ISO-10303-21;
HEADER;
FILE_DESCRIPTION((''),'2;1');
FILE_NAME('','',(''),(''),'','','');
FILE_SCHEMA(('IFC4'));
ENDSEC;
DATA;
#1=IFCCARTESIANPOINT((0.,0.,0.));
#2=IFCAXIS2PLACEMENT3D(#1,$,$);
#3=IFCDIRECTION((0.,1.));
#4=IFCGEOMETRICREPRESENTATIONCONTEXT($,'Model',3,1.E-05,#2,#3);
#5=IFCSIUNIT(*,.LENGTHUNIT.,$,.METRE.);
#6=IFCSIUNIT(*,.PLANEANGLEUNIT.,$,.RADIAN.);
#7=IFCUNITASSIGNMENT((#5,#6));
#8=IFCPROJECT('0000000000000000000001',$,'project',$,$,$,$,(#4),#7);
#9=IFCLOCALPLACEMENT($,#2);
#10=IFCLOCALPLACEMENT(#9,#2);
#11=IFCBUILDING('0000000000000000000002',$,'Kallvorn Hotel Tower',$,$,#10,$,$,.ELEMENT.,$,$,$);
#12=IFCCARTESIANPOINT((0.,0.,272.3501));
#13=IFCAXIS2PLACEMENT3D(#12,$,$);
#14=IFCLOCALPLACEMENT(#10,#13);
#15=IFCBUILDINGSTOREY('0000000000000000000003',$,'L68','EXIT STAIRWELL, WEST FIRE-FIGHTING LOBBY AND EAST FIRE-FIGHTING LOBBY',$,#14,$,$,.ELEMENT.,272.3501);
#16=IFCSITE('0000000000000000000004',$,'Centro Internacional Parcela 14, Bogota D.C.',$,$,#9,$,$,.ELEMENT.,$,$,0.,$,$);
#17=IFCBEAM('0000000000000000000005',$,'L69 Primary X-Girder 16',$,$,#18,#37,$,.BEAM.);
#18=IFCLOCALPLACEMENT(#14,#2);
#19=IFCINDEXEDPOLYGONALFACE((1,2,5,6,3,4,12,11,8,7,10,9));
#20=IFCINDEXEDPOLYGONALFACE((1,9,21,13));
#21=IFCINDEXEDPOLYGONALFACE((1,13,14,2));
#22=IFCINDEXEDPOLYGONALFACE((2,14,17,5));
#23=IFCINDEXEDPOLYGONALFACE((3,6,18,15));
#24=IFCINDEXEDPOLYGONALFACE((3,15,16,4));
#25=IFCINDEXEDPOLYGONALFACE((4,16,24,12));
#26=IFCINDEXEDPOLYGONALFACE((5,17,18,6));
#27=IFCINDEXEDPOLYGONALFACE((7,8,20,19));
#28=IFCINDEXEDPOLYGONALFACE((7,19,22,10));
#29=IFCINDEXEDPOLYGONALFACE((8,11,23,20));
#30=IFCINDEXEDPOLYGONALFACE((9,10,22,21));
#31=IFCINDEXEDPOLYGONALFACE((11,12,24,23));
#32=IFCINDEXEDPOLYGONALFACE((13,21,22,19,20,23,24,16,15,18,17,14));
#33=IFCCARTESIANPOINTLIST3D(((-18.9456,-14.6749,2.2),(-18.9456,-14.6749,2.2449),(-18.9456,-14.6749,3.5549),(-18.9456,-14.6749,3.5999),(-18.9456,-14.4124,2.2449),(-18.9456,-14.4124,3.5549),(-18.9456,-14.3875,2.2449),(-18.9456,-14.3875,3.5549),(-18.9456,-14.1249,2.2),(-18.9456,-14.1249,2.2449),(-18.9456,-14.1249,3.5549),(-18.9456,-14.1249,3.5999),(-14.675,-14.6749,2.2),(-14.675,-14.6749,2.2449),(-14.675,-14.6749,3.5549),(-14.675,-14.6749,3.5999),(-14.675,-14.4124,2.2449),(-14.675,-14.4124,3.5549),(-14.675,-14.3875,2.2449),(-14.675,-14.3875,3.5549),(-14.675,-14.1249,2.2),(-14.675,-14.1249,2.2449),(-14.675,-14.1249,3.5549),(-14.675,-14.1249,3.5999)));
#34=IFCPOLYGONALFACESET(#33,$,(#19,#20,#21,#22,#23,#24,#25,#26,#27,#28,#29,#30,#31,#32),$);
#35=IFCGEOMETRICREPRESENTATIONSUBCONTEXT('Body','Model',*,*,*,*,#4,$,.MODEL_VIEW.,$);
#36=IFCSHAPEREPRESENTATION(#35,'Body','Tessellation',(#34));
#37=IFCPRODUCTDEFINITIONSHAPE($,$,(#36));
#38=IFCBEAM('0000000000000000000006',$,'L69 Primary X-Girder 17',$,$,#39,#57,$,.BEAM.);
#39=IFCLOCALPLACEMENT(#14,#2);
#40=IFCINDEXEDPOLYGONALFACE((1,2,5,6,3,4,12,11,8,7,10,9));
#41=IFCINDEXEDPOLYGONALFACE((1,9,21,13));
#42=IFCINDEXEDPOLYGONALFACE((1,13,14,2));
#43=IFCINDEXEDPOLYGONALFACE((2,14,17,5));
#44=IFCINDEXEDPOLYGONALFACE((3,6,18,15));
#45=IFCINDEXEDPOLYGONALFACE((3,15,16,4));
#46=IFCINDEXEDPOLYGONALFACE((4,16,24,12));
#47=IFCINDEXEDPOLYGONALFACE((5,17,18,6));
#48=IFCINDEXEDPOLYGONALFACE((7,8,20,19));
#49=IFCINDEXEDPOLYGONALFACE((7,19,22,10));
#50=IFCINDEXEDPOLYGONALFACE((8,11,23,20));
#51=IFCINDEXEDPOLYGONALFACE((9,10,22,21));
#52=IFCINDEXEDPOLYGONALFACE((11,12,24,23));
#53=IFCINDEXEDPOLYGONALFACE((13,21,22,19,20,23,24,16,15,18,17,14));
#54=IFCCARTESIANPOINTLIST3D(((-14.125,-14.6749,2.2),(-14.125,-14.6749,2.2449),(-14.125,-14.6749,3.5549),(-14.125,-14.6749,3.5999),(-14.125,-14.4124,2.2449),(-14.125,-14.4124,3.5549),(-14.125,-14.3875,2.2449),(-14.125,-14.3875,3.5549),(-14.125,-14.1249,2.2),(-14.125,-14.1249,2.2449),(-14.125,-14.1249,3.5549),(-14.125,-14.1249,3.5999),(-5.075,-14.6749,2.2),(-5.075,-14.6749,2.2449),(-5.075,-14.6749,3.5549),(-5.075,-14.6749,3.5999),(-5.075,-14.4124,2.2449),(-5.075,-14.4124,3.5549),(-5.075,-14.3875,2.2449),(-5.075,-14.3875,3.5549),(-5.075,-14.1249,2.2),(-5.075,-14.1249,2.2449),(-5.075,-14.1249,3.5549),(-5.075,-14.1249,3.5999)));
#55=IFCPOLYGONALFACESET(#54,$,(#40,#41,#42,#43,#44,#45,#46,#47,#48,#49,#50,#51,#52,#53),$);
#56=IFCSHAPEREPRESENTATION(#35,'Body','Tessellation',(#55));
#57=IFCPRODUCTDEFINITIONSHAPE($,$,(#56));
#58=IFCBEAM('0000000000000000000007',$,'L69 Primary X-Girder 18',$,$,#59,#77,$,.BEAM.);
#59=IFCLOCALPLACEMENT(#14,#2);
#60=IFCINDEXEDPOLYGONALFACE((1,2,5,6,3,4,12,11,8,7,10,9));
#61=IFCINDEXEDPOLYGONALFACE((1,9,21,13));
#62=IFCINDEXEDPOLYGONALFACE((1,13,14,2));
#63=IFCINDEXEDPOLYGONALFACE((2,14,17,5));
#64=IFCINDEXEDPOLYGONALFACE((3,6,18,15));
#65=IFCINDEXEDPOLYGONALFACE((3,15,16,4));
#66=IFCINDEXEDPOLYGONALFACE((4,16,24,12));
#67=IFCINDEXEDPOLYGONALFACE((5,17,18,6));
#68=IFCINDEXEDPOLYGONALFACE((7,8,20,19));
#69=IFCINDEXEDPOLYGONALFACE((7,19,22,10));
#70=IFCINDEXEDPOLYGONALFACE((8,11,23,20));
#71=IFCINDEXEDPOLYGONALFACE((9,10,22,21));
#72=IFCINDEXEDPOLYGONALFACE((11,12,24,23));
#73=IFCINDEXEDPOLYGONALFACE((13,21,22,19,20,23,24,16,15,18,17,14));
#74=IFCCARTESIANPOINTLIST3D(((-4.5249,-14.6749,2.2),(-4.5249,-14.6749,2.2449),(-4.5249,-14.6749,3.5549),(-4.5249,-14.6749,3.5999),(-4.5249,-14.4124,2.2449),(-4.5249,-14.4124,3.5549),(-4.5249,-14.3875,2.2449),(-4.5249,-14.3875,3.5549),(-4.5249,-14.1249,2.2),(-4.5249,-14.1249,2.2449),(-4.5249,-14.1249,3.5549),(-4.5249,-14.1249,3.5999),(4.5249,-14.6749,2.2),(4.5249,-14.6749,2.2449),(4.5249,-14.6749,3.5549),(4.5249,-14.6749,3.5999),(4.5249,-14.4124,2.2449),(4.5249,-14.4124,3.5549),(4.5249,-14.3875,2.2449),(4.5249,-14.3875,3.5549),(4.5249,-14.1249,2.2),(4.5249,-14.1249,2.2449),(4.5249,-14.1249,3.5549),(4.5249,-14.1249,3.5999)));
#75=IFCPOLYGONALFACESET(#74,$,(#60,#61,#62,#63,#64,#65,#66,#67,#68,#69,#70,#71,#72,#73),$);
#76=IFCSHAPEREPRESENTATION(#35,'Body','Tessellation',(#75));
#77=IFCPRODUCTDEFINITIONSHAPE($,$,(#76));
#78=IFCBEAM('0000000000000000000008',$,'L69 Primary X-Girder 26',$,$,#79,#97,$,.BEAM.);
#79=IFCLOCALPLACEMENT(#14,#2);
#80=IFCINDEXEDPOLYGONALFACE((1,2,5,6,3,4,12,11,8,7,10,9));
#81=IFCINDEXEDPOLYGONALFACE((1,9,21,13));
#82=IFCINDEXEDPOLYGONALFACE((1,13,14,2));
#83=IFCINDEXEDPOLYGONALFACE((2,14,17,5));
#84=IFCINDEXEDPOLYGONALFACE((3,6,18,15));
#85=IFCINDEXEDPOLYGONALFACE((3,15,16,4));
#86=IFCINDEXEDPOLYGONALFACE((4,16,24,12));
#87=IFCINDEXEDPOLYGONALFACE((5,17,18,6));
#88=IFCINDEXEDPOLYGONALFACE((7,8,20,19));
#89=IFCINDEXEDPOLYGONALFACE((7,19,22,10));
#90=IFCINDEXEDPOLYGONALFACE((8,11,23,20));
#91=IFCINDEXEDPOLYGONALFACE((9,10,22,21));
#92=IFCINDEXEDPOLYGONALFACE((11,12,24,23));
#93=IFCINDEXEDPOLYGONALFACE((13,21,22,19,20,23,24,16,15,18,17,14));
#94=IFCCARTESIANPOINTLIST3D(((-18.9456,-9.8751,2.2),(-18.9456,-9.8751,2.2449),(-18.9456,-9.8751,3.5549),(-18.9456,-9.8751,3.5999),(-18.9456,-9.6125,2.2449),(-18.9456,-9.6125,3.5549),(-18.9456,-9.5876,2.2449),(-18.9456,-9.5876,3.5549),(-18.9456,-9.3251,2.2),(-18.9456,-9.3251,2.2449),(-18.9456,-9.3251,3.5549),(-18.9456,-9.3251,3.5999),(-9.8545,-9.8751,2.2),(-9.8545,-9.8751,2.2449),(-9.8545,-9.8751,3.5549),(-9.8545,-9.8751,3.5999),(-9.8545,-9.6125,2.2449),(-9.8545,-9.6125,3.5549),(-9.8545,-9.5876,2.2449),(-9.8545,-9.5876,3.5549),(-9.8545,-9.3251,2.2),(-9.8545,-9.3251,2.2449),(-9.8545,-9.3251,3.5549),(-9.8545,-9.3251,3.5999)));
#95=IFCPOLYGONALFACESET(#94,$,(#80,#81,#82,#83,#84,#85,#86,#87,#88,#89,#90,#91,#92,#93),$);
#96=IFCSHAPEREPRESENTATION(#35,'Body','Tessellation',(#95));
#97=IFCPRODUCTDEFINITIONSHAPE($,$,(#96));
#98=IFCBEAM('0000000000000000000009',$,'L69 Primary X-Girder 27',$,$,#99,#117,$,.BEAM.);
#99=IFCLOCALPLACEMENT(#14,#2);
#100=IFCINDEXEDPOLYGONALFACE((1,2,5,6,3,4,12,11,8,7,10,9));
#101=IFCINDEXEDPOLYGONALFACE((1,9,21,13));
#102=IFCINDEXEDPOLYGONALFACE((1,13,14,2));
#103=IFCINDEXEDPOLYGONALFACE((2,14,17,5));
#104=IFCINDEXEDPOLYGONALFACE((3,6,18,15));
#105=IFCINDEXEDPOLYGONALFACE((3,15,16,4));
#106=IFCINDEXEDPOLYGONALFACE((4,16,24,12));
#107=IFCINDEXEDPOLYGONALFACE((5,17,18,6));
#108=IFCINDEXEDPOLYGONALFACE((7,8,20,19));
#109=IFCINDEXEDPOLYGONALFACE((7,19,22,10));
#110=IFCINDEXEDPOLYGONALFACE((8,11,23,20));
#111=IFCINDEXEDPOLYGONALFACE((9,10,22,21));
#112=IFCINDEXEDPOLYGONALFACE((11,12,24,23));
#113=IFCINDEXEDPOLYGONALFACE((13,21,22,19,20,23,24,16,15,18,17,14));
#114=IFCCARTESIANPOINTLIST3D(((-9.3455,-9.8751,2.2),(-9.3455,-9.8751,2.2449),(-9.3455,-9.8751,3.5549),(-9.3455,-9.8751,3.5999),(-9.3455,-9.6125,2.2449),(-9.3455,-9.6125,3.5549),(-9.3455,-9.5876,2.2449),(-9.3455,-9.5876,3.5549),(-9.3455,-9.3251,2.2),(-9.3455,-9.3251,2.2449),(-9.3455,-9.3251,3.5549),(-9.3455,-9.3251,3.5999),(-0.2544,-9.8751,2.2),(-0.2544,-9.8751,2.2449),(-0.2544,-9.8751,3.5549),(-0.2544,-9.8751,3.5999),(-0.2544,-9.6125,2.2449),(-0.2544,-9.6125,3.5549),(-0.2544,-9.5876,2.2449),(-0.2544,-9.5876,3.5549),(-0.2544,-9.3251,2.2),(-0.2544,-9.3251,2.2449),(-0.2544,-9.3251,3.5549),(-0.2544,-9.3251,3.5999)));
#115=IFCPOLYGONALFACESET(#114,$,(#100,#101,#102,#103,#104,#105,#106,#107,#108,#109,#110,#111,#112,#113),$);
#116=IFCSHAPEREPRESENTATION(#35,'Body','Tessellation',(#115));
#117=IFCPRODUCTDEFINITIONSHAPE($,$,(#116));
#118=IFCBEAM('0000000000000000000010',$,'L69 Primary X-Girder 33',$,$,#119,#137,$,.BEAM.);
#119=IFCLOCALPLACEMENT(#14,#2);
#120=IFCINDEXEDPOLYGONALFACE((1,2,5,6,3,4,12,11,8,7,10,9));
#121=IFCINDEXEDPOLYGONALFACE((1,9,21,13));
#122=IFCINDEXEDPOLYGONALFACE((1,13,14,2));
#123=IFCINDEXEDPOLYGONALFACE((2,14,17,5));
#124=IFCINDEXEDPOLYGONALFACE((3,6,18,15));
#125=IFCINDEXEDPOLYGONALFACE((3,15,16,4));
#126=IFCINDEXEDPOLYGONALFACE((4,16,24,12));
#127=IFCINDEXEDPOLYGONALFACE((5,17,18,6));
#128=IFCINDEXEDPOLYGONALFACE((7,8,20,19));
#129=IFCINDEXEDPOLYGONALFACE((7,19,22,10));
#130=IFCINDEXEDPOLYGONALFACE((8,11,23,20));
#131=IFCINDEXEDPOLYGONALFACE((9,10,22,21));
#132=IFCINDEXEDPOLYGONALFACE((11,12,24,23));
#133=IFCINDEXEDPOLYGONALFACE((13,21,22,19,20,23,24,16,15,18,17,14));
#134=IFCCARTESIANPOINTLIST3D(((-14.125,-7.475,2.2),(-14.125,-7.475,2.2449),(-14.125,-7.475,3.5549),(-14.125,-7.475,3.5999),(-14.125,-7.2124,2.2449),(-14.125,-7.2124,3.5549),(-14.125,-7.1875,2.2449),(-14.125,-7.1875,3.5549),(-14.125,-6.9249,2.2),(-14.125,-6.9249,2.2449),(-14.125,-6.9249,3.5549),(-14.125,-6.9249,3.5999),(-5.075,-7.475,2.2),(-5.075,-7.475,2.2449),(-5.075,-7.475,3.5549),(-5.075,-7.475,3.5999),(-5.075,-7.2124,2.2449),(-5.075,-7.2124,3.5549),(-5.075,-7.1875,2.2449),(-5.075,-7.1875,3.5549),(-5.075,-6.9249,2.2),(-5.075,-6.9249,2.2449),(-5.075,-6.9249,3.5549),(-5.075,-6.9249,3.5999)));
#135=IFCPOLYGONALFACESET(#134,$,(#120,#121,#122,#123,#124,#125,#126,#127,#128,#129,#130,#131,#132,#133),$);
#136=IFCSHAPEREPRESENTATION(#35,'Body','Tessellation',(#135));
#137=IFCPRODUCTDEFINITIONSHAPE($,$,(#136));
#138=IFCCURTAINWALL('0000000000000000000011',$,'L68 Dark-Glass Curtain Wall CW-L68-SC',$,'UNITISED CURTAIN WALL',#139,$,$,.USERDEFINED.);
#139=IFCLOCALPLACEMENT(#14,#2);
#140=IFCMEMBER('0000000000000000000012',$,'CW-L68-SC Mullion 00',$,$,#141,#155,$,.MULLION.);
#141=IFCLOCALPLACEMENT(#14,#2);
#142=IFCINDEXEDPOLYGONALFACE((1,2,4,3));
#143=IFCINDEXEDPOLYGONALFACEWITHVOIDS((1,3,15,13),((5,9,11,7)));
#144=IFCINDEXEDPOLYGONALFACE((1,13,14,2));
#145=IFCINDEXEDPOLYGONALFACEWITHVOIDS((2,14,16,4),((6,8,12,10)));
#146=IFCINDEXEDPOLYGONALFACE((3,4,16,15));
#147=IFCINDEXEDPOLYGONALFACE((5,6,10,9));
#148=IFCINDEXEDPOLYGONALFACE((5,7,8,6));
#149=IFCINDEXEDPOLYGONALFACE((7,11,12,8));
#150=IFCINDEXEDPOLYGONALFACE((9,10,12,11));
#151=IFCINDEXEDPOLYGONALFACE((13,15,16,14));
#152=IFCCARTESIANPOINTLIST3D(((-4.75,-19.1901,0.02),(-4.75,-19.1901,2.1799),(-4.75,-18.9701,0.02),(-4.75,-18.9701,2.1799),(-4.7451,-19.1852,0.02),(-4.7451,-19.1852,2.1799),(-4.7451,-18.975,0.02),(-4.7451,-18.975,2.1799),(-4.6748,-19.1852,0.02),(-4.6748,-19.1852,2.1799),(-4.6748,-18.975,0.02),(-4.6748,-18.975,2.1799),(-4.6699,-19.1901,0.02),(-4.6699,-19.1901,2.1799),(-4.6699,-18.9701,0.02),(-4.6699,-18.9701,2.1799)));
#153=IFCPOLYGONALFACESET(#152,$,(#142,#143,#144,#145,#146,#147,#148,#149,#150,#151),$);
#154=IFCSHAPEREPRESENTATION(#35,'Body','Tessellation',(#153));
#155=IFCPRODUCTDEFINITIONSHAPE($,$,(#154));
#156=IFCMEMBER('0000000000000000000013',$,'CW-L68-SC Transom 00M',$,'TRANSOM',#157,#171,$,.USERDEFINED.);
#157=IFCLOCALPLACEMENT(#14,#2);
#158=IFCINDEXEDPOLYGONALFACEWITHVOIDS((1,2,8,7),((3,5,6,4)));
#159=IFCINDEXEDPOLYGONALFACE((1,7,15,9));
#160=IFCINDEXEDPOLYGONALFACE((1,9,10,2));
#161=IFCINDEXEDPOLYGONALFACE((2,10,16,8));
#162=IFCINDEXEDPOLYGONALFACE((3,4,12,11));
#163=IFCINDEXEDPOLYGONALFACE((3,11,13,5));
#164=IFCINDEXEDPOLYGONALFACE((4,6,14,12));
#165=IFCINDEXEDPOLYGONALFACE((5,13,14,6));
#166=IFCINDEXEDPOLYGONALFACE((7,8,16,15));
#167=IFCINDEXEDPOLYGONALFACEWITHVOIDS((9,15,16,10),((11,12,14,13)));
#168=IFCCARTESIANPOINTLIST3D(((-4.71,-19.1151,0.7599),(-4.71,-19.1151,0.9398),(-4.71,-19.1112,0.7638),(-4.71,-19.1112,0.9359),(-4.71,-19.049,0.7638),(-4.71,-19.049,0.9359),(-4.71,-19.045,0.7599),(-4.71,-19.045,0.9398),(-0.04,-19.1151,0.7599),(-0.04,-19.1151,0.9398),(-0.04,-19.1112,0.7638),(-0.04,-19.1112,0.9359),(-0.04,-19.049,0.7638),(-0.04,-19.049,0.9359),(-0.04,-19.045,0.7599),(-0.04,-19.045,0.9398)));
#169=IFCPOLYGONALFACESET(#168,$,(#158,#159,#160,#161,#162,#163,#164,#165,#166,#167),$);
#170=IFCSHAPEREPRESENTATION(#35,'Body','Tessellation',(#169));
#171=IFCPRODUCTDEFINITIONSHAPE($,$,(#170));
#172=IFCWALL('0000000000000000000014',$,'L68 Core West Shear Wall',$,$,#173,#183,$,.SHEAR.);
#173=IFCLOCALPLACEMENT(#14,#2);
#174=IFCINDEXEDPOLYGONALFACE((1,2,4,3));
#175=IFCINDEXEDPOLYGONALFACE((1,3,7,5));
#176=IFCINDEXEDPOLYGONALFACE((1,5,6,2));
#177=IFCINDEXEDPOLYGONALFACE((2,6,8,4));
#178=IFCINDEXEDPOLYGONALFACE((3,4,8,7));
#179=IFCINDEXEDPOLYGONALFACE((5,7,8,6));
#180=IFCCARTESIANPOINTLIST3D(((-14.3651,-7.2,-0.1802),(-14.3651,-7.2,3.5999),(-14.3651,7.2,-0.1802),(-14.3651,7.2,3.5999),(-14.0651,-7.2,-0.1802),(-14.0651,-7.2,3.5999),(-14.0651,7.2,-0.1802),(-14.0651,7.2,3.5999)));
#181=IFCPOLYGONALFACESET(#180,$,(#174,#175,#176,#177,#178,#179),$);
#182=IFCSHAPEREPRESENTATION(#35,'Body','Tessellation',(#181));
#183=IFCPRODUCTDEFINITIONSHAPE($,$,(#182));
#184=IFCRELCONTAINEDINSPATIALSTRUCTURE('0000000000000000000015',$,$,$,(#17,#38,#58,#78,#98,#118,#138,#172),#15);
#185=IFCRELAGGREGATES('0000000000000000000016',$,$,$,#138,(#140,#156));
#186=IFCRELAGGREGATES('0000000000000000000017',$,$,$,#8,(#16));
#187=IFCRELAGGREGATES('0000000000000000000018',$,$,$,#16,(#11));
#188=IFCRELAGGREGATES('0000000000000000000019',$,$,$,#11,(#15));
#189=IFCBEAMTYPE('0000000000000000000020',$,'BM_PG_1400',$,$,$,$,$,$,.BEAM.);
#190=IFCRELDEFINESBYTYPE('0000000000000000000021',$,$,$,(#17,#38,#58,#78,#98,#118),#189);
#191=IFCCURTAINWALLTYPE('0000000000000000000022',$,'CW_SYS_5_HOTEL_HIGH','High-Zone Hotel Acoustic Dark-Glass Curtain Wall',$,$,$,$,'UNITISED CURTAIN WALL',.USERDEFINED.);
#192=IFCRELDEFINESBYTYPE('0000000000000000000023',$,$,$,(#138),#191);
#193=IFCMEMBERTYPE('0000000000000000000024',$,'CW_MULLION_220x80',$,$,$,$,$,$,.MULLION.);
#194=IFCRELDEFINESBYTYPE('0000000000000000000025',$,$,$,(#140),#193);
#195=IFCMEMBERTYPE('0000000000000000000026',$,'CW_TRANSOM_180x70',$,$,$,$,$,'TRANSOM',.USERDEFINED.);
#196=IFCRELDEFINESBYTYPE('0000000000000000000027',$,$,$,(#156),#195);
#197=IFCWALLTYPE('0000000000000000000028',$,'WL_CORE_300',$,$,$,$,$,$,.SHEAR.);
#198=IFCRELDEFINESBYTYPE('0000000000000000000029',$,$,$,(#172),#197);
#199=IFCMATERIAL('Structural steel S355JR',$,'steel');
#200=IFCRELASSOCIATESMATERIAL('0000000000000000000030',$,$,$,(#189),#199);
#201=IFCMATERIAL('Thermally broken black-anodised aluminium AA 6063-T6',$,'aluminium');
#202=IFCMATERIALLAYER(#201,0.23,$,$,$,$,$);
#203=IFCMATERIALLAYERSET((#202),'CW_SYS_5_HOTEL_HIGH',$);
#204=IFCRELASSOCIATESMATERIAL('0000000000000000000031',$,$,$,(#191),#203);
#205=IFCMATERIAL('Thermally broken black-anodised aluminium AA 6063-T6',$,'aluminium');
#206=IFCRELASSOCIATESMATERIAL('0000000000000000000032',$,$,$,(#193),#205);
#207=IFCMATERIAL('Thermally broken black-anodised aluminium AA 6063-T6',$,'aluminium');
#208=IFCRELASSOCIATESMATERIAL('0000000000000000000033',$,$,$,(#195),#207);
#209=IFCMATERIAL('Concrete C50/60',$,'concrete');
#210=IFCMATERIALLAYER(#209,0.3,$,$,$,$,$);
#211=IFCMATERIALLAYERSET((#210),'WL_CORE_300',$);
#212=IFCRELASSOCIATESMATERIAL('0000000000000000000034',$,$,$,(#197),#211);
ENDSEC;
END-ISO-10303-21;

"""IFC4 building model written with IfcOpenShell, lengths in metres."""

from ifc_helpers import new_model, si_unit, direction, frame, frame_2d, origin, origin_2d, place, context, subcontext, project, spatial, rectangle, hollow_rectangle, i_section, extrude, material, layer, layer_set, material_profile, profile_set, type_object, element, aggregate, save


model = new_model("IFC4")

# Units and contexts
model_context = context("Model", 3, precision=1e-05, world=origin(), true_north=direction((0.0, 1.0)))
body_context = subcontext(model_context, "Body", "Model", "MODEL_VIEW")
ifc_project = project(units=[si_unit("LENGTHUNIT", "METRE"), si_unit("PLANEANGLEUNIT", "RADIAN")], contexts=[model_context])

# Site, building, storey
site_placement = place(None, origin())
site = spatial("IfcSite", under=ifc_project, at=site_placement, Name="Centro Internacional Parcela 14, Bogota D.C.", CompositionType="ELEMENT", RefElevation=0.0)
building_placement = place(site_placement, origin())
building = spatial("IfcBuilding", under=site, at=building_placement, Name="Kallvorn Hotel Tower", CompositionType="ELEMENT")
storey_placement = place(building_placement, frame((0.0, 0.0, 272.3501)))
storey = spatial("IfcBuildingStorey", under=building, at=storey_placement, Name="L68", Description="EXIT STAIRWELL, WEST FIRE-FIGHTING LOBBY AND EAST FIRE-FIGHTING LOBBY", CompositionType="ELEMENT", Elevation=272.3501)

# Beams
ifc_material_1 = material(Name="Structural steel S355JR", Category="steel")
ifc_material_profile_1 = material_profile(ifc_material_1, i_section(OverallWidth=0.55, OverallDepth=1.3999, WebThickness=0.0249, FlangeThickness=0.0449, at=origin_2d()), Name="PG 1400x550x25x45")
ifc_profile_set_1 = profile_set([ifc_material_profile_1], Name="Structural steel S355JR")
beam_type_1 = type_object("IfcBeamType", Name="BM_PG_1400", PredefinedType="BEAM", material=ifc_profile_set_1)
beam_1_placement = place(storey_placement, frame((-18.9456, -14.3999, 2.8999), z_axis=(1.0, 0.0, 0.0), x_axis=(0.0, 1.0, 0.0)))
element("IfcBeam", 1, at=beam_1_placement, inside=storey, type_object=beam_type_1, Name="L69 Primary X-Girder 16", PredefinedType="BEAM", context=body_context, shape_type="SweptSolid", body=[
    extrude(i_section(OverallWidth=0.55, OverallDepth=1.3999, WebThickness=0.0249, FlangeThickness=0.0449, at=origin_2d()), origin(), (0.0, 0.0, 1.0), 4.2705),
])
beam_2_placement = place(storey_placement, frame((-14.125, -14.3999, 2.8999), z_axis=(1.0, 0.0, 0.0), x_axis=(0.0, 1.0, 0.0)))
element("IfcBeam", 2, at=beam_2_placement, inside=storey, type_object=beam_type_1, Name="L69 Primary X-Girder 17", PredefinedType="BEAM", context=body_context, shape_type="SweptSolid", body=[
    extrude(i_section(OverallWidth=0.55, OverallDepth=1.3999, WebThickness=0.0249, FlangeThickness=0.0449, at=origin_2d()), origin(), (0.0, 0.0, 1.0), 9.05),
])
beam_3_placement = place(storey_placement, frame((-4.5249, -14.3999, 2.8999), z_axis=(1.0, 0.0, 0.0), x_axis=(0.0, 1.0, 0.0)))
element("IfcBeam", 3, at=beam_3_placement, inside=storey, type_object=beam_type_1, Name="L69 Primary X-Girder 18", PredefinedType="BEAM", context=body_context, shape_type="SweptSolid", body=[
    extrude(i_section(OverallWidth=0.55, OverallDepth=1.3999, WebThickness=0.0249, FlangeThickness=0.0449, at=origin_2d()), origin(), (0.0, 0.0, 1.0), 9.0498),
])
for number, where, z_axis, x_axis, name in (
    (4, (-18.9456, -9.6001, 2.8999), (1.0, 0.0, 0.0), (0.0, 1.0, 0.0), "L69 Primary X-Girder 26"),
    (5, (-9.3455, -9.6001, 2.8999), (1.0, 0.0, 0.0), (0.0, 1.0, 0.0), "L69 Primary X-Girder 27"),
):
    element("IfcBeam", number, at=place(storey_placement, frame(where, z_axis=z_axis, x_axis=x_axis)), inside=storey, type_object=beam_type_1, Name=name, PredefinedType="BEAM", context=body_context, shape_type="SweptSolid", body=[
        extrude(i_section(OverallWidth=0.55, OverallDepth=1.3999, WebThickness=0.0249, FlangeThickness=0.0449, at=origin_2d()), origin(), (0.0, 0.0, 1.0), 9.0911),
    ])
beam_4_placement = place(storey_placement, frame((-14.125, -7.2, 2.8999), z_axis=(1.0, 0.0, 0.0), x_axis=(0.0, 1.0, 0.0)))
element("IfcBeam", 6, at=beam_4_placement, inside=storey, type_object=beam_type_1, Name="L69 Primary X-Girder 33", PredefinedType="BEAM", context=body_context, shape_type="SweptSolid", body=[
    extrude(i_section(OverallWidth=0.55, OverallDepth=1.3999, WebThickness=0.0249, FlangeThickness=0.0449, at=origin_2d()), origin(), (0.0, 0.0, 1.0), 9.05),
])

# Curtain wall, members
ifc_material_2 = material(Name="Thermally broken black-anodised aluminium AA 6063-T6", Category="aluminium")
ifc_layer_1 = layer(ifc_material_2, 0.23)
ifc_layer_set_1 = layer_set([ifc_layer_1], Name="CW_SYS_5_HOTEL_HIGH")
curtain_wall_type = type_object("IfcCurtainWallType", Name="CW_SYS_5_HOTEL_HIGH", Description="High-Zone Hotel Acoustic Dark-Glass Curtain Wall", ElementType="UNITISED CURTAIN WALL", PredefinedType="USERDEFINED", material=ifc_layer_set_1)
curtain_wall_placement = place(storey_placement, origin())
curtain_wall = element("IfcCurtainWall", 7, at=curtain_wall_placement, inside=storey, type_object=curtain_wall_type, Name="L68 Dark-Glass Curtain Wall CW-L68-SC", ObjectType="UNITISED CURTAIN WALL", PredefinedType="USERDEFINED")
ifc_material_3 = material(Name="Thermally broken black-anodised aluminium AA 6063-T6", Category="aluminium")
ifc_material_profile_2 = material_profile(ifc_material_3, hollow_rectangle(XDim=0.0801, YDim=0.22, WallThickness=0.0049, at=origin_2d()), Name="MUL 220x80")
ifc_profile_set_2 = profile_set([ifc_material_profile_2], Name="Thermally broken black-anodised aluminium AA 6063-T6")
member_type_1 = type_object("IfcMemberType", Name="CW_MULLION_220x80", PredefinedType="MULLION", material=ifc_profile_set_2)
member_1_placement = place(storey_placement, frame((-4.71, -19.0801, 0.02), z_axis=(0.0, 0.0, 1.0), x_axis=(1.0, 0.0, 0.0)))
member_1 = element("IfcMember", 8, at=member_1_placement, type_object=member_type_1, Name="CW-L68-SC Mullion 00", PredefinedType="MULLION", context=body_context, shape_type="SweptSolid", body=[
    extrude(hollow_rectangle(XDim=0.0801, YDim=0.22, WallThickness=0.0049, at=origin_2d()), origin(), (0.0, 0.0, 1.0), 2.1599),
])
ifc_material_4 = material(Name="Thermally broken black-anodised aluminium AA 6063-T6", Category="aluminium")
ifc_material_profile_3 = material_profile(ifc_material_4, hollow_rectangle(XDim=0.0701, YDim=0.1799, WallThickness=0.0039, at=origin_2d()), Name="TRN 180x70")
ifc_profile_set_3 = profile_set([ifc_material_profile_3], Name="Thermally broken black-anodised aluminium AA 6063-T6")
member_type_2 = type_object("IfcMemberType", Name="CW_TRANSOM_180x70", ElementType="TRANSOM", PredefinedType="USERDEFINED", material=ifc_profile_set_3)
member_2_placement = place(storey_placement, frame((-4.71, -19.0801, 0.8499), z_axis=(1.0, 0.0, 0.0), x_axis=(0.0, 1.0, 0.0)))
member_2 = element("IfcMember", 9, at=member_2_placement, type_object=member_type_2, Name="CW-L68-SC Transom 00M", ObjectType="TRANSOM", PredefinedType="USERDEFINED", context=body_context, shape_type="SweptSolid", body=[
    extrude(hollow_rectangle(XDim=0.0701, YDim=0.1799, WallThickness=0.0039, at=origin_2d()), origin(), (0.0, 0.0, 1.0), 4.6699),
])
aggregate(curtain_wall, [member_1, member_2])

# Wall
ifc_material_5 = material(Name="Concrete C50/60", Category="concrete")
ifc_layer_2 = layer(ifc_material_5, 0.3)
ifc_layer_set_2 = layer_set([ifc_layer_2], Name="WL_CORE_300")
wall_type = type_object("IfcWallType", Name="WL_CORE_300", PredefinedType="SHEAR", material=ifc_layer_set_2)
wall_placement = place(storey_placement, frame((-14.2151, -7.2, -0.1802), z_axis=(0.0, 0.0, 1.0), x_axis=(0.0, 1.0, 0.0)))
element("IfcWall", 10, at=wall_placement, inside=storey, type_object=wall_type, Name="L68 Core West Shear Wall", PredefinedType="SHEAR", context=body_context, shape_type="SweptSolid", body=[
    extrude(rectangle(XDim=14.3999, YDim=0.3, at=frame_2d((7.2, 0.0))), origin(), (0.0, 0.0, 1.0), 3.78),
])

save(model, "model.ifc")
